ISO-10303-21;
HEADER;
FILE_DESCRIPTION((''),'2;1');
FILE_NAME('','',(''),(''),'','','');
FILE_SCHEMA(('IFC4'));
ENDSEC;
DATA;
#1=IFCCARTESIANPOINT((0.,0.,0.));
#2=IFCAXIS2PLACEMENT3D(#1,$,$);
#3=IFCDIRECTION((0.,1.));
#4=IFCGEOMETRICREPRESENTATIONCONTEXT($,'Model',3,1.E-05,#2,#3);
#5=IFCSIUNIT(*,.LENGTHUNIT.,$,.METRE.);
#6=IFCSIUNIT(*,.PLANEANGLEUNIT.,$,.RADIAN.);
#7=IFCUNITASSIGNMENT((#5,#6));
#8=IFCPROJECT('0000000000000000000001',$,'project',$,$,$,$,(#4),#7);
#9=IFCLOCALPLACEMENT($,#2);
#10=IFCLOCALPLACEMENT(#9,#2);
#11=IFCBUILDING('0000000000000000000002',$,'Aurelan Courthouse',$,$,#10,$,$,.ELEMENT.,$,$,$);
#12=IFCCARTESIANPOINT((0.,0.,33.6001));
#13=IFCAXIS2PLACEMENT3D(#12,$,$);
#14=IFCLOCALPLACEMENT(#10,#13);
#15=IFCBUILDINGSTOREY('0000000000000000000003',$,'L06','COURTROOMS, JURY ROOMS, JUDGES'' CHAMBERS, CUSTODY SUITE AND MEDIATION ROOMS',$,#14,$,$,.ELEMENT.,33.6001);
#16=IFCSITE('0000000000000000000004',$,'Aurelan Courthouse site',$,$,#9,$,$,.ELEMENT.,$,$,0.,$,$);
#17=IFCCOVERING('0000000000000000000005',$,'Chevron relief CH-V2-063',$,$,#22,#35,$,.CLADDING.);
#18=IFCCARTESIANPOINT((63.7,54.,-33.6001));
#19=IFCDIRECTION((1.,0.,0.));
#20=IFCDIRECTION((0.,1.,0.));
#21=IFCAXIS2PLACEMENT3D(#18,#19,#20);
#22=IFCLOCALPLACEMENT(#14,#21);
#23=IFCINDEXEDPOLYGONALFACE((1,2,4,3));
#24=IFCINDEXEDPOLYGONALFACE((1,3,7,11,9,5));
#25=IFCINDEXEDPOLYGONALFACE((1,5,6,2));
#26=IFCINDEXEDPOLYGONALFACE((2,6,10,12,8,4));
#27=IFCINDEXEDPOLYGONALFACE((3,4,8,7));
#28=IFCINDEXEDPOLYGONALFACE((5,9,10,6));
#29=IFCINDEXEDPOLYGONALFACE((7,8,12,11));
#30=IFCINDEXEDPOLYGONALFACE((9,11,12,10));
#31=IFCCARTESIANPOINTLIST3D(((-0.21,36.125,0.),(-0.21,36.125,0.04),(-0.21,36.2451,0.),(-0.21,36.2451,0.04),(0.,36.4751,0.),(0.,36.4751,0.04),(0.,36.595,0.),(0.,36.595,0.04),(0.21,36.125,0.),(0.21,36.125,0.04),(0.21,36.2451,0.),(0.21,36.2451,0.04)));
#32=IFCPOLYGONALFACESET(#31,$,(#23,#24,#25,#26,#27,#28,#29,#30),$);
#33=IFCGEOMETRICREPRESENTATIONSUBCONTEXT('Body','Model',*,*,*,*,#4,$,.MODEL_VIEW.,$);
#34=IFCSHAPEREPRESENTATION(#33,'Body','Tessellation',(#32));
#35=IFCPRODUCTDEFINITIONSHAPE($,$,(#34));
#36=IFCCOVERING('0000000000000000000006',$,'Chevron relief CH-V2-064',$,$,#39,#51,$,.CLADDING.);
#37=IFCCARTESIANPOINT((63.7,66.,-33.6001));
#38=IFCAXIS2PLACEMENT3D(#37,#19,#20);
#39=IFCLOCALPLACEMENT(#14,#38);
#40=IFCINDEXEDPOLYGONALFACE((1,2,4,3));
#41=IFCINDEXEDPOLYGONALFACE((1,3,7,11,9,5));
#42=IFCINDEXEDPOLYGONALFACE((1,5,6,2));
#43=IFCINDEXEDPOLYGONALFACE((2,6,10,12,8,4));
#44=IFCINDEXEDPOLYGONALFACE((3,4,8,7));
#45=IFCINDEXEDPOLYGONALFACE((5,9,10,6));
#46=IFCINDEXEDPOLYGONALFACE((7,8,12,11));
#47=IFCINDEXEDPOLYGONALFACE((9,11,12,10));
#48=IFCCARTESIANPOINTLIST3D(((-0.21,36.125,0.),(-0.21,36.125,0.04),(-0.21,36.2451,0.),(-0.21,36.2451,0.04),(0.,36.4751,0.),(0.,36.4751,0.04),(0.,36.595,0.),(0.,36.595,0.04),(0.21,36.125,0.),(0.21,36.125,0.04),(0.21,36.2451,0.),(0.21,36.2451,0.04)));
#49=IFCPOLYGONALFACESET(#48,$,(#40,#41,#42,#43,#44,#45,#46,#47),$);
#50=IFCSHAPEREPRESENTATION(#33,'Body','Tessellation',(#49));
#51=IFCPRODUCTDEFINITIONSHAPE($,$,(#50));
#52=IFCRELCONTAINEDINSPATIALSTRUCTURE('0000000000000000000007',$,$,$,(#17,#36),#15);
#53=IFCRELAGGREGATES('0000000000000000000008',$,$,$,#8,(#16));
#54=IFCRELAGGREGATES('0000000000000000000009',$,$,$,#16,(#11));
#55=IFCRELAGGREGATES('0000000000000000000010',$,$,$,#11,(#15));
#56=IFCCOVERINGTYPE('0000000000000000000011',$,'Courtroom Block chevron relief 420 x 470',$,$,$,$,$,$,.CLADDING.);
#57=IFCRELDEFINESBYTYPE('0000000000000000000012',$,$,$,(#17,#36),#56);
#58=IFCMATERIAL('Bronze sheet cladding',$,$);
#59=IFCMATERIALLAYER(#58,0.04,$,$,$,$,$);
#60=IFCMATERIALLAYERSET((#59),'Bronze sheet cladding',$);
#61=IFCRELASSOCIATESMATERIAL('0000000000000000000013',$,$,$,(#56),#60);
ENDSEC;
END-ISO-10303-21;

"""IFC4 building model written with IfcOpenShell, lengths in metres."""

from ifc_helpers import new_model, si_unit, direction, frame, origin, place, context, subcontext, project, spatial, polyline, outline, extrude, material, layer, layer_set, type_object, element, save


model = new_model("IFC4")

# Units and contexts
model_context = context("Model", 3, precision=1e-05, world=origin(), true_north=direction((0.0, 1.0)))
body_context = subcontext(model_context, "Body", "Model", "MODEL_VIEW")
ifc_project = project(units=[si_unit("LENGTHUNIT", "METRE"), si_unit("PLANEANGLEUNIT", "RADIAN")], contexts=[model_context])

# Site, building, storey
site_placement = place(None, origin())
site = spatial("IfcSite", under=ifc_project, at=site_placement, Name="Aurelan Courthouse site", CompositionType="ELEMENT", RefElevation=0.0)
building_placement = place(site_placement, origin())
building = spatial("IfcBuilding", under=site, at=building_placement, Name="Aurelan Courthouse", CompositionType="ELEMENT")
storey_placement = place(building_placement, frame((0.0, 0.0, 33.6001)))
storey = spatial("IfcBuildingStorey", under=building, at=storey_placement, Name="L06", Description="COURTROOMS, JURY ROOMS, JUDGES' CHAMBERS, CUSTODY SUITE AND MEDIATION ROOMS", CompositionType="ELEMENT", Elevation=33.6001)

# Coverings
ifc_material_1 = material(Name="Bronze sheet cladding")
ifc_layer_1 = layer(ifc_material_1, 0.04)
ifc_layer_set_1 = layer_set([ifc_layer_1], Name="Bronze sheet cladding")
covering_type_1 = type_object("IfcCoveringType", Name="Courtroom Block chevron relief 420 x 470", PredefinedType="CLADDING", material=ifc_layer_set_1)
for number, where, z_axis, x_axis, name in (
    (1, (63.7, 54.0, -33.6001), (1.0, 0.0, 0.0), (0.0, 1.0, 0.0), "Chevron relief CH-V2-063"),
    (2, (63.7, 66.0, -33.6001), (1.0, 0.0, 0.0), (0.0, 1.0, 0.0), "Chevron relief CH-V2-064"),
):
    element("IfcCovering", number, at=place(storey_placement, frame(where, z_axis=z_axis, x_axis=x_axis)), inside=storey, type_object=covering_type_1, Name=name, PredefinedType="CLADDING", context=body_context, shape_type="SweptSolid", body=[
        extrude(outline(polyline([(-0.21, 36.125), (0.0, 36.4751), (0.21, 36.125), (0.21, 36.2451), (0.0, 36.595), (-0.21, 36.2451), (-0.21, 36.125)])), origin(), (0.0, 0.0, 1.0), 0.04),
    ])

save(model, "model.ifc")
